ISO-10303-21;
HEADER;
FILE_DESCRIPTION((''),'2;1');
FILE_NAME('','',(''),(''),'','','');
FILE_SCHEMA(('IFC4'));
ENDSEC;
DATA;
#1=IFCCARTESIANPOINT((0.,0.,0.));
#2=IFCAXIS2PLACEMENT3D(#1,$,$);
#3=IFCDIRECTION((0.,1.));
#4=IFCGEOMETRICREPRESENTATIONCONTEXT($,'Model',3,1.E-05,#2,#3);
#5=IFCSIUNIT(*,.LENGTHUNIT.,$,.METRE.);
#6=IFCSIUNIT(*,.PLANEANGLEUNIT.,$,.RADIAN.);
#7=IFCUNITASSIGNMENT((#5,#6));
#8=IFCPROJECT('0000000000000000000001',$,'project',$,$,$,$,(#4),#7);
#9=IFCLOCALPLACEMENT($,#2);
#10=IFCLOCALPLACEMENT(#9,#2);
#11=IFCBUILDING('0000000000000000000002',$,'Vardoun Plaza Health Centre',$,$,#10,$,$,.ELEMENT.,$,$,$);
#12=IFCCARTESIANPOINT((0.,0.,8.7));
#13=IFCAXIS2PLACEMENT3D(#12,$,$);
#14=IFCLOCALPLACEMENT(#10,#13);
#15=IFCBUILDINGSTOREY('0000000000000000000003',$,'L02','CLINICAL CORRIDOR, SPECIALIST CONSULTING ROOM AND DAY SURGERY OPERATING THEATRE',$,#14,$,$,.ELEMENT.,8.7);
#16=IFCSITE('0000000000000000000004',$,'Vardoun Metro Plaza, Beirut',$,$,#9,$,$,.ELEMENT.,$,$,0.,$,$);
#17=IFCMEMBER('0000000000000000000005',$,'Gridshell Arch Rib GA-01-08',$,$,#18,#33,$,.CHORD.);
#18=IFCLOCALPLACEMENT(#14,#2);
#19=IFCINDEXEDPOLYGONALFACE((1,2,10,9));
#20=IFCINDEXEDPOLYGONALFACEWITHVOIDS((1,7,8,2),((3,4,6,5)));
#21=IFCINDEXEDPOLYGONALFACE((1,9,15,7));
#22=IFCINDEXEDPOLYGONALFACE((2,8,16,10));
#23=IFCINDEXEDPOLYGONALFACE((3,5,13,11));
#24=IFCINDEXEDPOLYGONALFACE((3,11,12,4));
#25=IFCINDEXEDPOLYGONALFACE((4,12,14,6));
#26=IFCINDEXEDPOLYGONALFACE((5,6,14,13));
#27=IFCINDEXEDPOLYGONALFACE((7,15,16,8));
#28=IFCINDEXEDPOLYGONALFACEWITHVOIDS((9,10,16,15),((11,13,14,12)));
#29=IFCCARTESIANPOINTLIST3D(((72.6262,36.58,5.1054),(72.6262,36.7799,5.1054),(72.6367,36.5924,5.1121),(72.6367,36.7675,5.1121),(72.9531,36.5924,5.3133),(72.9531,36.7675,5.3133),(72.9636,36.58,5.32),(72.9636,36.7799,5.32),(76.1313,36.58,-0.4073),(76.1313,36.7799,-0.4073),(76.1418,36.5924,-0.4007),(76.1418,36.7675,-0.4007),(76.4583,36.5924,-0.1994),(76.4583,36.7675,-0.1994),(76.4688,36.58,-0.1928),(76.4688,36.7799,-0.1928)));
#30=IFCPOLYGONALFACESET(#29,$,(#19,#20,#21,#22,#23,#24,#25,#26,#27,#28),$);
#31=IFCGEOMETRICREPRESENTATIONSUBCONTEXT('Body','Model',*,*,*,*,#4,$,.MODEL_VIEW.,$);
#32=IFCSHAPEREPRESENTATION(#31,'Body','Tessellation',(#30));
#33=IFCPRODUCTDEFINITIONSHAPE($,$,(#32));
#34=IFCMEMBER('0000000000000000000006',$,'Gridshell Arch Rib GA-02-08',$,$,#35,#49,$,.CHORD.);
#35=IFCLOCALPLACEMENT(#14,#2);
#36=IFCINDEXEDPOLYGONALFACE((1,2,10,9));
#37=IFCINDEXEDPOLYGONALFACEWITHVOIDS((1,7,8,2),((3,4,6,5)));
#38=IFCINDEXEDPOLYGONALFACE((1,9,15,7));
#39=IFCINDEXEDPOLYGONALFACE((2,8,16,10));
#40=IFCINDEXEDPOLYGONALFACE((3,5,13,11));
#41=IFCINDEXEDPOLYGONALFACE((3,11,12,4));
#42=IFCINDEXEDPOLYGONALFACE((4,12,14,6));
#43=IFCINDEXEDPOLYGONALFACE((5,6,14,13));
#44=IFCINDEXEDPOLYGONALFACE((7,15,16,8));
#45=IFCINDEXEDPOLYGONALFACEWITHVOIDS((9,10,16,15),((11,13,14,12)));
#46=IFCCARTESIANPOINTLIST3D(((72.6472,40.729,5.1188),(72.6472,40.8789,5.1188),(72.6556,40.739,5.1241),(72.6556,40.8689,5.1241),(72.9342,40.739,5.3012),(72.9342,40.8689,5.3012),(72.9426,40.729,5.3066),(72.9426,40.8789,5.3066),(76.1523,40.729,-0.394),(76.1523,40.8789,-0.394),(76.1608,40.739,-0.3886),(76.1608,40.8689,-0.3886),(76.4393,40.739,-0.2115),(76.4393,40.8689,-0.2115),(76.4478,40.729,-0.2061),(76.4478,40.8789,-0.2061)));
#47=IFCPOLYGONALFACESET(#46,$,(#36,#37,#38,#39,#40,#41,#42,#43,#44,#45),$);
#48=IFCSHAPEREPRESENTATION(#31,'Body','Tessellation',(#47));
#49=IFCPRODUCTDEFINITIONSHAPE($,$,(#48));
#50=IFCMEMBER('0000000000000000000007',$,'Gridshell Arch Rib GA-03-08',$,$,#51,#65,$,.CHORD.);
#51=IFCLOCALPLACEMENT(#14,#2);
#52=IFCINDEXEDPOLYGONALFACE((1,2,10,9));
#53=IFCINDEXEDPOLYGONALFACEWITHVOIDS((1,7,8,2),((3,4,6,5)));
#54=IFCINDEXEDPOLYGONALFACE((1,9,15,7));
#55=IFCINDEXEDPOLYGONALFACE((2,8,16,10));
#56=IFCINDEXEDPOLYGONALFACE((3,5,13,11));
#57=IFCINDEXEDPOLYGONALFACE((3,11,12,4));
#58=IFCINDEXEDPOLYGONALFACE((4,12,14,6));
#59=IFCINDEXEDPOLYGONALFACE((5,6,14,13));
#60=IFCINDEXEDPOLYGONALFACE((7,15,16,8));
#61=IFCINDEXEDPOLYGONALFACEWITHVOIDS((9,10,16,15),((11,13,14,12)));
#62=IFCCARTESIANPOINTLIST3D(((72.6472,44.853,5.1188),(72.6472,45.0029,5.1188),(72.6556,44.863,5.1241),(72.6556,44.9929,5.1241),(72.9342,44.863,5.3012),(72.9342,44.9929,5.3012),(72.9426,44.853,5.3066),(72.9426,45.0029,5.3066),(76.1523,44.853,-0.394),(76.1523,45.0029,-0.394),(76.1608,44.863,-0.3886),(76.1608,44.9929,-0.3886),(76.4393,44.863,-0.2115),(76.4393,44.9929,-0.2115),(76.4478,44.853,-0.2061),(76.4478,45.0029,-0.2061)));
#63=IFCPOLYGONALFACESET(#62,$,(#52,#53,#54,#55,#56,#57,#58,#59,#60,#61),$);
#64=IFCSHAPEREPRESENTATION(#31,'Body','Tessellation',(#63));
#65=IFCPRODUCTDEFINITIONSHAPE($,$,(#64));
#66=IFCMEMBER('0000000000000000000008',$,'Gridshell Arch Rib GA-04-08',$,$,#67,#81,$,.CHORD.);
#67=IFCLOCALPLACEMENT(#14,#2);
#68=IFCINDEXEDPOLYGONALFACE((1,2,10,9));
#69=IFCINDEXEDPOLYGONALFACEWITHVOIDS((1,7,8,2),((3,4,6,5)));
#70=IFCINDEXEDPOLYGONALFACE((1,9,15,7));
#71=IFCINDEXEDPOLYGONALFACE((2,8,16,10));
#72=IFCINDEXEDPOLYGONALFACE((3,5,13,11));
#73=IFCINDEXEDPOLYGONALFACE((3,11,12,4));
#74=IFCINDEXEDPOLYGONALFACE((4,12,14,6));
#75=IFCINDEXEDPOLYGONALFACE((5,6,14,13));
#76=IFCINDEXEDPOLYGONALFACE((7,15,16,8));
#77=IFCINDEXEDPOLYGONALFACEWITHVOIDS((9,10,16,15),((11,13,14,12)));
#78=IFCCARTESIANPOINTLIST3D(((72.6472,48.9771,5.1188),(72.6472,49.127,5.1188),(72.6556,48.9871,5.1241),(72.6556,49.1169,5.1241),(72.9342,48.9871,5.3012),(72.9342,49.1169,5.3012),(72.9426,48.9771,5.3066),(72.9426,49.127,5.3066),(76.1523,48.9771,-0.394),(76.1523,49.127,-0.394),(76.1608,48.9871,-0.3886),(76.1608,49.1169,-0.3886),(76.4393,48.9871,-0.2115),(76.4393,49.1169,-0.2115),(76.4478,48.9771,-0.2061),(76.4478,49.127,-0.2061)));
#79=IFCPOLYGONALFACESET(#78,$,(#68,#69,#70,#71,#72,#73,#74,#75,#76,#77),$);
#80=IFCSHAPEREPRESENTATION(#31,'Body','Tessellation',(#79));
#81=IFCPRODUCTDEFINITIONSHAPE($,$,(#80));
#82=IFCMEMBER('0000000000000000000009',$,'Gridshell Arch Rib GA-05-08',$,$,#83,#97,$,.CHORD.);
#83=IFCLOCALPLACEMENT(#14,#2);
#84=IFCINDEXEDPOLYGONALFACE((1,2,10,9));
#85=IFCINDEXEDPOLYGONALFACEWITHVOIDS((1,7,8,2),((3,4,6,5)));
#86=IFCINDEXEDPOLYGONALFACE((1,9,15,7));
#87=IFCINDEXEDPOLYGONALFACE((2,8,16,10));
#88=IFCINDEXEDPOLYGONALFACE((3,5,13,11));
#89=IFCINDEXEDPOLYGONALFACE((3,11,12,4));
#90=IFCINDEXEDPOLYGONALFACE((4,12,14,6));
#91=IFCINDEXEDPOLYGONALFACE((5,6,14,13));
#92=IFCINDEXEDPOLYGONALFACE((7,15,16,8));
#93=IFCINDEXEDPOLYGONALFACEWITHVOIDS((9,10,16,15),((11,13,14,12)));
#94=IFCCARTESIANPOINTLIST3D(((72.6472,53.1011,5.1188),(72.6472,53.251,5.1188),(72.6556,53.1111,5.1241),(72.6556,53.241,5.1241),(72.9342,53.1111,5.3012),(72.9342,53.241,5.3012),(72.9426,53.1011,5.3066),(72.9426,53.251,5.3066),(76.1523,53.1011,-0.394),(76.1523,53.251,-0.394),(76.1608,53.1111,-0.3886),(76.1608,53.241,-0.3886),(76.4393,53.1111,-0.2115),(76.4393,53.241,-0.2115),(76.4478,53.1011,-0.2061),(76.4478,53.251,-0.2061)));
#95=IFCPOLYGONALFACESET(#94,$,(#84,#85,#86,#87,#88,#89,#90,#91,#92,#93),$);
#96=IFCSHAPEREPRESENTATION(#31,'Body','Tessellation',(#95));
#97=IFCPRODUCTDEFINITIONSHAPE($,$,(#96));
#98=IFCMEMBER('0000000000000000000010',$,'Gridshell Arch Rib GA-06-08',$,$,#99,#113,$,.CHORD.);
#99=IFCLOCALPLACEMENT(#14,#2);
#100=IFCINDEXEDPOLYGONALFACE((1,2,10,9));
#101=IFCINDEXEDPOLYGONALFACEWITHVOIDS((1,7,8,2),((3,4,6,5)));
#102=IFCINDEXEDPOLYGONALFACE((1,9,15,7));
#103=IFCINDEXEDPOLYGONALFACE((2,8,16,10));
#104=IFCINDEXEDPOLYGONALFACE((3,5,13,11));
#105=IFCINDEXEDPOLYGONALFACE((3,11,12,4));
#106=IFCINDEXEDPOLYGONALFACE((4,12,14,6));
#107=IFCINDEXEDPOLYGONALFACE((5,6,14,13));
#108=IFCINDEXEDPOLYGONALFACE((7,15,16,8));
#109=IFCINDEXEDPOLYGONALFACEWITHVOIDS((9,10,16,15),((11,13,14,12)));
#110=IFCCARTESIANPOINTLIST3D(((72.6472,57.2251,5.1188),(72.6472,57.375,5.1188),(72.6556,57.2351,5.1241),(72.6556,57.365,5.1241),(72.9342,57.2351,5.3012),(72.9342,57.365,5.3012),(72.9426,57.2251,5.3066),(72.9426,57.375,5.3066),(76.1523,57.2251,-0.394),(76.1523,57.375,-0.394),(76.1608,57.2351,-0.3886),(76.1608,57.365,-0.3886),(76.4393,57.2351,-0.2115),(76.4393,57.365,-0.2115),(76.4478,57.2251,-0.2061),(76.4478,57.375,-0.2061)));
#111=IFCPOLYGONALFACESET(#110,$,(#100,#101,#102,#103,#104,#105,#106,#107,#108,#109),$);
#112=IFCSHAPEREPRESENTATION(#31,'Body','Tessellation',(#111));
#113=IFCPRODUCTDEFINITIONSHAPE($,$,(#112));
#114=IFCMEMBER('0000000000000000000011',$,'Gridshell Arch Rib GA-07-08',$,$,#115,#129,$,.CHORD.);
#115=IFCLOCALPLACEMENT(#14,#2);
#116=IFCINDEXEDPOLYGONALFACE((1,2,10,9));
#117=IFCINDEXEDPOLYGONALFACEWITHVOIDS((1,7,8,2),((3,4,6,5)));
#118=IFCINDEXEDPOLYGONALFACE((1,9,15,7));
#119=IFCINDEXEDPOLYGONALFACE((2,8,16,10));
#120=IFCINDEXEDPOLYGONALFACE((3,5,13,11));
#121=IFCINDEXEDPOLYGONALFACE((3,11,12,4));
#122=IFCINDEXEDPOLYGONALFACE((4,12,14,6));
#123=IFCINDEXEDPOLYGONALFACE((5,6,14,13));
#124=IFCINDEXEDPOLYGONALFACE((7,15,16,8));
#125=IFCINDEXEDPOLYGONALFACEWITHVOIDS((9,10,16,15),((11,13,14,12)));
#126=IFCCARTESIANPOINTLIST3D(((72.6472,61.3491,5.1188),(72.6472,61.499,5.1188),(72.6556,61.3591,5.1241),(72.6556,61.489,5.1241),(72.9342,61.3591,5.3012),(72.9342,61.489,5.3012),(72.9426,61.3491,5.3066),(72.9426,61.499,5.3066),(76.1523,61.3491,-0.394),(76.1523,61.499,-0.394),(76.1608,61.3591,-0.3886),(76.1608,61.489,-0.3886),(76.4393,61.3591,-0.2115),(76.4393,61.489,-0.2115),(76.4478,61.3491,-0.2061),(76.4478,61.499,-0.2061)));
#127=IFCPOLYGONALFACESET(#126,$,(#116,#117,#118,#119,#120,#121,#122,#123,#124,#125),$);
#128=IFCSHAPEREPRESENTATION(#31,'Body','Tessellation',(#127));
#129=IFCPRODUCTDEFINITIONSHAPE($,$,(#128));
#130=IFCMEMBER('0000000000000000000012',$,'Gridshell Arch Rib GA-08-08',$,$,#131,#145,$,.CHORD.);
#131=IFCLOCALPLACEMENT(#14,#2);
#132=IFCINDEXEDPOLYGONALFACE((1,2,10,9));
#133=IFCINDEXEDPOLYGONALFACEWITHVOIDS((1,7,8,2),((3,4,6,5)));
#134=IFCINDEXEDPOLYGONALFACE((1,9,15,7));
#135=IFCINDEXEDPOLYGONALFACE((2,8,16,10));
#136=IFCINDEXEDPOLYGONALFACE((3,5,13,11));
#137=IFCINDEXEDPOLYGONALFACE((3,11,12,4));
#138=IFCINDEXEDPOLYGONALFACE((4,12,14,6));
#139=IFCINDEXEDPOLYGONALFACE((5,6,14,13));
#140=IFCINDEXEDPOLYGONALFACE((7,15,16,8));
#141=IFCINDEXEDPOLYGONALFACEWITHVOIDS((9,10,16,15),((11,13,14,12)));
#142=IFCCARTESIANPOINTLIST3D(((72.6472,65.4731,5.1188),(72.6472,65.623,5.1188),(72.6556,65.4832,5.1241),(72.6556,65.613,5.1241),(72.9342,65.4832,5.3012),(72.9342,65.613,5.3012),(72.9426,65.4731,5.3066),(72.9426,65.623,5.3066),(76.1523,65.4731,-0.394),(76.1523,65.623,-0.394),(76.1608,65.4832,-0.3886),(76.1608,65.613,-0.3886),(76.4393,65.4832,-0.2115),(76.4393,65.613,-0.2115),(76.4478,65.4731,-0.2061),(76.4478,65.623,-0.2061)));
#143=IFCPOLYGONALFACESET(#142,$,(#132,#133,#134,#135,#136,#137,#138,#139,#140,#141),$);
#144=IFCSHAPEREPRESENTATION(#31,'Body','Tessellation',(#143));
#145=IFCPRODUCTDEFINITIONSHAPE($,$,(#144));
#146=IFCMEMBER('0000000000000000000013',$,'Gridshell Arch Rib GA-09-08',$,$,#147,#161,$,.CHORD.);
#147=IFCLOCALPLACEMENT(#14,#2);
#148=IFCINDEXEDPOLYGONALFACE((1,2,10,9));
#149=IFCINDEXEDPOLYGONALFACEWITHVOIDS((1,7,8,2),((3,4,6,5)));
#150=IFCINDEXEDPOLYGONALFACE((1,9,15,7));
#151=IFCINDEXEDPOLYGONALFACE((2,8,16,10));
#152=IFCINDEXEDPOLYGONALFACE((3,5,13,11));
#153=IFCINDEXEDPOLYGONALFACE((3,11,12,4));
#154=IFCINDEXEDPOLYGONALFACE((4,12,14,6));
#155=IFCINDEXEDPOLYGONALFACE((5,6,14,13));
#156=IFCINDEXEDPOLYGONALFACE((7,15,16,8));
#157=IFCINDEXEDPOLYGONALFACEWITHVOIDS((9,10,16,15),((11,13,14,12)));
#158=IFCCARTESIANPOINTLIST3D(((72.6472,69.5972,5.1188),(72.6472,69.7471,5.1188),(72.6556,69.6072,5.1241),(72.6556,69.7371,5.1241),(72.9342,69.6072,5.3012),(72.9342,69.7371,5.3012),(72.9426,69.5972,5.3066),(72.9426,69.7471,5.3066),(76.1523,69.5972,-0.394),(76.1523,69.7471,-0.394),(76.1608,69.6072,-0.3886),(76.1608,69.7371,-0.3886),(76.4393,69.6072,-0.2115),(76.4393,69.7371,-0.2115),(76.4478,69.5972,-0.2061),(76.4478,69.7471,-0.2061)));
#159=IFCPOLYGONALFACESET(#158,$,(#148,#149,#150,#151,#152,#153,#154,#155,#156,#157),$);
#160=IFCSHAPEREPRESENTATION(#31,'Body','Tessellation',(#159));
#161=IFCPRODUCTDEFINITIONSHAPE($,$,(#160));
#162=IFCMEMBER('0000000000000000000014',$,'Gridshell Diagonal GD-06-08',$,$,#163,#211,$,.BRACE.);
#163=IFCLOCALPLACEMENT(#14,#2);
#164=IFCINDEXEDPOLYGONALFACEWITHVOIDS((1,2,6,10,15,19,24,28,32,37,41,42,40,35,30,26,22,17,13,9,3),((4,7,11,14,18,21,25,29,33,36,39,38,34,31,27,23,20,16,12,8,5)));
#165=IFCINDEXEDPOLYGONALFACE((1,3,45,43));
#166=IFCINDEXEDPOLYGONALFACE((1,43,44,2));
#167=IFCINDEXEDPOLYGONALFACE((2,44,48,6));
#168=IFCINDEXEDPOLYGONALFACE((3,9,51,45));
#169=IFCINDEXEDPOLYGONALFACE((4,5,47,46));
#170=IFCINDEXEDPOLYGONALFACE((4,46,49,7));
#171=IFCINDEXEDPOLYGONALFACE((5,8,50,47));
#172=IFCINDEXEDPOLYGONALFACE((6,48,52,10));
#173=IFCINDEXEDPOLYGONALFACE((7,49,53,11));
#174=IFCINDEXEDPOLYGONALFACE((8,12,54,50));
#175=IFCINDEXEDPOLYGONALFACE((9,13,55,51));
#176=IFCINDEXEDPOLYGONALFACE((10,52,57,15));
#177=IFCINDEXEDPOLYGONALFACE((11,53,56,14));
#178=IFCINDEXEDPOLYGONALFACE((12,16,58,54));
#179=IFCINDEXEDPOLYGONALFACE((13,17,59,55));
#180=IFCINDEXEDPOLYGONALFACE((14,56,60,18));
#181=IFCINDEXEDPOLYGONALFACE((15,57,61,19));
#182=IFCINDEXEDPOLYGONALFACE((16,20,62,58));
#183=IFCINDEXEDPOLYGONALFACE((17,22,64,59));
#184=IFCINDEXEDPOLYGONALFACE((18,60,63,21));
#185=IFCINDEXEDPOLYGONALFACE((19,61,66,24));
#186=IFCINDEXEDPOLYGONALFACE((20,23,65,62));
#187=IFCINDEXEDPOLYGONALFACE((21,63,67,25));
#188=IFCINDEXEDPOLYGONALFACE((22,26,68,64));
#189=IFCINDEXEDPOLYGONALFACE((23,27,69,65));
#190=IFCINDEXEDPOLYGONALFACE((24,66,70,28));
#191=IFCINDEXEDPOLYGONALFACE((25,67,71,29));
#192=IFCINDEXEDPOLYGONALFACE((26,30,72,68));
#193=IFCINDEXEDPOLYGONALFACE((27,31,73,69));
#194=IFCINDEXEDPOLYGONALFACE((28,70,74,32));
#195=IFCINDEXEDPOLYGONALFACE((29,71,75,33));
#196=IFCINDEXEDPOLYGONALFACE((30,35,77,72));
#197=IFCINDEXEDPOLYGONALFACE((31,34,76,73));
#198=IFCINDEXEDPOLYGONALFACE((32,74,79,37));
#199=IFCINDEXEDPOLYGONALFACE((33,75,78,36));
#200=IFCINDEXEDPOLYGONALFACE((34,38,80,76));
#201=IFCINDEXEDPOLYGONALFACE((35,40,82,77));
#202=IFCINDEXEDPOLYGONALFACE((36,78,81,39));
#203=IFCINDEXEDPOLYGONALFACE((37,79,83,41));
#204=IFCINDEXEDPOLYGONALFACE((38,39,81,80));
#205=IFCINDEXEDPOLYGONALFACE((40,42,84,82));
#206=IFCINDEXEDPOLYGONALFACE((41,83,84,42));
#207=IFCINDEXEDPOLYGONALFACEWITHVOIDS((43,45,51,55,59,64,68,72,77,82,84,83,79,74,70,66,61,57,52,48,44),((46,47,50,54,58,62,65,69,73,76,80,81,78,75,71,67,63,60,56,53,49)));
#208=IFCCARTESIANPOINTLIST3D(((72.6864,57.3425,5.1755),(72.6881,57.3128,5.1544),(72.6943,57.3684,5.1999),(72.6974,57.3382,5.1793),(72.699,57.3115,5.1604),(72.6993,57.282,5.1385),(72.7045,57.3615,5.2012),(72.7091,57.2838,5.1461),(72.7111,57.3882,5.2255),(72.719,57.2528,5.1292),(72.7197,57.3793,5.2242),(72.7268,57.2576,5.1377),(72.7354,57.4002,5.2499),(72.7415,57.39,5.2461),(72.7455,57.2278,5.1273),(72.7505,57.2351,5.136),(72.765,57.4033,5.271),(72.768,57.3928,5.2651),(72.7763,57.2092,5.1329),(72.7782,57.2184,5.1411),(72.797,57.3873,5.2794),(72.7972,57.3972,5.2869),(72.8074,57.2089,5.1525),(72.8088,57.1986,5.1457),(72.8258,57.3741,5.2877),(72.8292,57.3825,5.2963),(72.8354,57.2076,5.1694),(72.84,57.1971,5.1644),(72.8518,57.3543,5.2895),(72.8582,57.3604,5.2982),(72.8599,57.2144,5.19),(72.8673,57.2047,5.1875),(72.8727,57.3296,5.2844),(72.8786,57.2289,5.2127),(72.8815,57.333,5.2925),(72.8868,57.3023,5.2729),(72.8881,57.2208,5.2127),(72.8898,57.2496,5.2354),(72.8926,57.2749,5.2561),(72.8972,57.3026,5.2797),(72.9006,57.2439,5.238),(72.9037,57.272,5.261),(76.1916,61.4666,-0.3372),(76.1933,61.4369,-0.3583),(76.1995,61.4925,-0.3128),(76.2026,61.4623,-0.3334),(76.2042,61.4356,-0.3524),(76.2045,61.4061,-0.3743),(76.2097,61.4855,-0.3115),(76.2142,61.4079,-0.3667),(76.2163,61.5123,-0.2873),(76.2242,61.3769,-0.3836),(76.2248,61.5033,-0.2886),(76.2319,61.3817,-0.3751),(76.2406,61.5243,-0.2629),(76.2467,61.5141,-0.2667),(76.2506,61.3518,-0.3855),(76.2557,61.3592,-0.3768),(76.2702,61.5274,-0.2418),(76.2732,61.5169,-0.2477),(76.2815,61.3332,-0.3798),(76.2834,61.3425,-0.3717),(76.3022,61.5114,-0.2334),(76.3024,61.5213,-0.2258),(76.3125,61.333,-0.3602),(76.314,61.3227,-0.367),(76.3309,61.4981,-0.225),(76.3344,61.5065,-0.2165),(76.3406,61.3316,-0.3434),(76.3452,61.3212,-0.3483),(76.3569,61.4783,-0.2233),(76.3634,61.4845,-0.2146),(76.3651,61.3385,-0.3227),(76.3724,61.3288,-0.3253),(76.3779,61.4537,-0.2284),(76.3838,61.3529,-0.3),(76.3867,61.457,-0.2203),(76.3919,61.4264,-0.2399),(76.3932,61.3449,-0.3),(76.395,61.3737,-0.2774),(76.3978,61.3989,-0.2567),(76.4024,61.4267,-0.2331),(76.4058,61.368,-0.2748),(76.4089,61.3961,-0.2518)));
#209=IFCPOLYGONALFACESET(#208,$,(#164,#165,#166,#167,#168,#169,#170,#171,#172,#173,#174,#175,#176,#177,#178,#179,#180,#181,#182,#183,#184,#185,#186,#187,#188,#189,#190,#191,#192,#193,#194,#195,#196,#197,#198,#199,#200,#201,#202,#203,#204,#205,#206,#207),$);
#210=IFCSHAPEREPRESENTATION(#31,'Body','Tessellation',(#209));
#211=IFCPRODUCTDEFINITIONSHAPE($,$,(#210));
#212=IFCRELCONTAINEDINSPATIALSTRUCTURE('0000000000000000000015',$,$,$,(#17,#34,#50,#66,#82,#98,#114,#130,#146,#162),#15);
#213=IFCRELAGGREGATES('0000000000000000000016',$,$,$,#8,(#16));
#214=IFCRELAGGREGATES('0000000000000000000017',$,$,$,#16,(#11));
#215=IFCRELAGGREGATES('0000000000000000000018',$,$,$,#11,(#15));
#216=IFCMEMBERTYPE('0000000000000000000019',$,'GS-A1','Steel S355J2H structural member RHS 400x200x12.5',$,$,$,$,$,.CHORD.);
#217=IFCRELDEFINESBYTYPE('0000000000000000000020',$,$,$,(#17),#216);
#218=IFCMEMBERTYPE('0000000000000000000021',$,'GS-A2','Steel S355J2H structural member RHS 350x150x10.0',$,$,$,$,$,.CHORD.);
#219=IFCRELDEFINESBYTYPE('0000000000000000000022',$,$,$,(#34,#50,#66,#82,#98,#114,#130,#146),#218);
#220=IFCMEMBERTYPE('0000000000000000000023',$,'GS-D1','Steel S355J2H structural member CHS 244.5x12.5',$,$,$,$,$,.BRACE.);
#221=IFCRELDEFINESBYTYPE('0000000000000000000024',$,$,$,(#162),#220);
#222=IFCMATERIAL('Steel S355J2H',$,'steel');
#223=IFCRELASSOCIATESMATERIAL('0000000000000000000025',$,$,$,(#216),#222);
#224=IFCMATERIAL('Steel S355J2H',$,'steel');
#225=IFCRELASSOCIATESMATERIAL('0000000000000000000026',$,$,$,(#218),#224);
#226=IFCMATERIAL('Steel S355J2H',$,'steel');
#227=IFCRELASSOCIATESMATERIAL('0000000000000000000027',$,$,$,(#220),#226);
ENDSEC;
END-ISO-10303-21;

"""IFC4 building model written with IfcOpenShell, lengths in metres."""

from ifc_helpers import new_model, si_unit, direction, frame, origin, origin_2d, place, context, subcontext, project, spatial, hollow_rectangle, hollow_circle, extrude, material, material_profile, profile_set, type_object, element, save


model = new_model("IFC4")

# Units and contexts
model_context = context("Model", 3, precision=1e-05, world=origin(), true_north=direction((0.0, 1.0)))
body_context = subcontext(model_context, "Body", "Model", "MODEL_VIEW")
ifc_project = project(units=[si_unit("LENGTHUNIT", "METRE"), si_unit("PLANEANGLEUNIT", "RADIAN")], contexts=[model_context])

# Site, building, storey
site_placement = place(None, origin())
site = spatial("IfcSite", under=ifc_project, at=site_placement, Name="Vardoun Metro Plaza, Beirut", CompositionType="ELEMENT", RefElevation=0.0)
building_placement = place(site_placement, origin())
building = spatial("IfcBuilding", under=site, at=building_placement, Name="Vardoun Plaza Health Centre", CompositionType="ELEMENT")
storey_placement = place(building_placement, frame((0.0, 0.0, 8.7)))
storey = spatial("IfcBuildingStorey", under=building, at=storey_placement, Name="L02", Description="CLINICAL CORRIDOR, SPECIALIST CONSULTING ROOM AND DAY SURGERY OPERATING THEATRE", CompositionType="ELEMENT", Elevation=8.7)

# Members
ifc_material_1 = material(Name="Steel S355J2H", Category="steel")
ifc_material_profile_1 = material_profile(ifc_material_1, hollow_rectangle(XDim=0.2, YDim=0.3999, WallThickness=0.0125, at=origin_2d()), Name="RHS 400x200x12.5")
ifc_profile_set_1 = profile_set([ifc_material_profile_1], Name="Steel S355J2H")
member_type_1 = type_object("IfcMemberType", Name="GS-A1", Description="Steel S355J2H structural member RHS 400x200x12.5", PredefinedType="CHORD", material=ifc_profile_set_1)
member_1_placement = place(storey_placement, frame((76.3, 36.6799, -0.3), z_axis=(-0.536554, 0.0, 0.843866), x_axis=(0.0, -1.0, 0.0)))
element("IfcMember", 1, at=member_1_placement, inside=storey, type_object=member_type_1, Name="Gridshell Arch Rib GA-01-08", PredefinedType="CHORD", context=body_context, shape_type="SweptSolid", body=[
    extrude(hollow_rectangle(XDim=0.2, YDim=0.3999, WallThickness=0.0125, at=origin_2d()), origin(), (0.0, 0.0, 1.0), 6.5327),
])
ifc_material_2 = material(Name="Steel S355J2H", Category="steel")
ifc_material_profile_2 = material_profile(ifc_material_2, hollow_rectangle(XDim=0.1499, YDim=0.3501, WallThickness=0.01, at=origin_2d()), Name="RHS 350x150x10.0")
ifc_profile_set_2 = profile_set([ifc_material_profile_2], Name="Steel S355J2H")
member_type_2 = type_object("IfcMemberType", Name="GS-A2", Description="Steel S355J2H structural member RHS 350x150x10.0", PredefinedType="CHORD", material=ifc_profile_set_2)
for number, where, z_axis, x_axis, name in (
    (2, (76.3, 40.804, -0.3), (-0.536554, 0.0, 0.843866), (0.0, -1.0, 0.0), "Gridshell Arch Rib GA-02-08"),
    (3, (76.3, 44.928, -0.3), (-0.536554, 0.0, 0.843866), (0.0, -1.0, 0.0), "Gridshell Arch Rib GA-03-08"),
    (4, (76.3, 49.052, -0.3), (-0.536554, 0.0, 0.843866), (0.0, -1.0, 0.0), "Gridshell Arch Rib GA-04-08"),
    (5, (76.3, 53.176, -0.3), (-0.536554, 0.0, 0.843866), (0.0, -1.0, 0.0), "Gridshell Arch Rib GA-05-08"),
    (6, (76.3, 57.3, -0.3), (-0.536554, 0.0, 0.843866), (0.0, -1.0, 0.0), "Gridshell Arch Rib GA-06-08"),
    (7, (76.3, 61.4241, -0.3), (-0.536554, 0.0, 0.843866), (0.0, -1.0, 0.0), "Gridshell Arch Rib GA-07-08"),
    (8, (76.3, 65.5481, -0.3), (-0.536554, 0.0, 0.843866), (0.0, -1.0, 0.0), "Gridshell Arch Rib GA-08-08"),
    (9, (76.3, 69.6721, -0.3), (-0.536554, 0.0, 0.843866), (0.0, -1.0, 0.0), "Gridshell Arch Rib GA-09-08"),
):
    element("IfcMember", number, at=place(storey_placement, frame(where, z_axis=z_axis, x_axis=x_axis)), inside=storey, type_object=member_type_2, Name=name, PredefinedType="CHORD", context=body_context, shape_type="SweptSolid", body=[
        extrude(hollow_rectangle(XDim=0.1499, YDim=0.3501, WallThickness=0.01, at=origin_2d()), origin(), (0.0, 0.0, 1.0), 6.5327),
    ])
ifc_material_3 = material(Name="Steel S355J2H", Category="steel")
ifc_material_profile_3 = material_profile(ifc_material_3, hollow_circle(Radius=0.1223, WallThickness=0.0125, at=origin_2d()), Name="CHS 244.5x12.5")
ifc_profile_set_3 = profile_set([ifc_material_profile_3], Name="Steel S355J2H")
member_type_3 = type_object("IfcMemberType", Name="GS-D1", Description="Steel S355J2H structural member CHS 244.5x12.5", PredefinedType="BRACE", material=ifc_profile_set_3)
member_2_placement = place(storey_placement, frame((76.3, 61.4241, -0.3), z_axis=(-0.453709, -0.53382, 0.713572), x_axis=(0.761966, -0.647617, 0.0)))
element("IfcMember", 10, at=member_2_placement, inside=storey, type_object=member_type_3, Name="Gridshell Diagonal GD-06-08", PredefinedType="BRACE", context=body_context, shape_type="SweptSolid", body=[
    extrude(hollow_circle(Radius=0.1223, WallThickness=0.0125, at=origin_2d()), origin(), (0.0, 0.0, 1.0), 7.7256),
])

save(model, "model.ifc")
